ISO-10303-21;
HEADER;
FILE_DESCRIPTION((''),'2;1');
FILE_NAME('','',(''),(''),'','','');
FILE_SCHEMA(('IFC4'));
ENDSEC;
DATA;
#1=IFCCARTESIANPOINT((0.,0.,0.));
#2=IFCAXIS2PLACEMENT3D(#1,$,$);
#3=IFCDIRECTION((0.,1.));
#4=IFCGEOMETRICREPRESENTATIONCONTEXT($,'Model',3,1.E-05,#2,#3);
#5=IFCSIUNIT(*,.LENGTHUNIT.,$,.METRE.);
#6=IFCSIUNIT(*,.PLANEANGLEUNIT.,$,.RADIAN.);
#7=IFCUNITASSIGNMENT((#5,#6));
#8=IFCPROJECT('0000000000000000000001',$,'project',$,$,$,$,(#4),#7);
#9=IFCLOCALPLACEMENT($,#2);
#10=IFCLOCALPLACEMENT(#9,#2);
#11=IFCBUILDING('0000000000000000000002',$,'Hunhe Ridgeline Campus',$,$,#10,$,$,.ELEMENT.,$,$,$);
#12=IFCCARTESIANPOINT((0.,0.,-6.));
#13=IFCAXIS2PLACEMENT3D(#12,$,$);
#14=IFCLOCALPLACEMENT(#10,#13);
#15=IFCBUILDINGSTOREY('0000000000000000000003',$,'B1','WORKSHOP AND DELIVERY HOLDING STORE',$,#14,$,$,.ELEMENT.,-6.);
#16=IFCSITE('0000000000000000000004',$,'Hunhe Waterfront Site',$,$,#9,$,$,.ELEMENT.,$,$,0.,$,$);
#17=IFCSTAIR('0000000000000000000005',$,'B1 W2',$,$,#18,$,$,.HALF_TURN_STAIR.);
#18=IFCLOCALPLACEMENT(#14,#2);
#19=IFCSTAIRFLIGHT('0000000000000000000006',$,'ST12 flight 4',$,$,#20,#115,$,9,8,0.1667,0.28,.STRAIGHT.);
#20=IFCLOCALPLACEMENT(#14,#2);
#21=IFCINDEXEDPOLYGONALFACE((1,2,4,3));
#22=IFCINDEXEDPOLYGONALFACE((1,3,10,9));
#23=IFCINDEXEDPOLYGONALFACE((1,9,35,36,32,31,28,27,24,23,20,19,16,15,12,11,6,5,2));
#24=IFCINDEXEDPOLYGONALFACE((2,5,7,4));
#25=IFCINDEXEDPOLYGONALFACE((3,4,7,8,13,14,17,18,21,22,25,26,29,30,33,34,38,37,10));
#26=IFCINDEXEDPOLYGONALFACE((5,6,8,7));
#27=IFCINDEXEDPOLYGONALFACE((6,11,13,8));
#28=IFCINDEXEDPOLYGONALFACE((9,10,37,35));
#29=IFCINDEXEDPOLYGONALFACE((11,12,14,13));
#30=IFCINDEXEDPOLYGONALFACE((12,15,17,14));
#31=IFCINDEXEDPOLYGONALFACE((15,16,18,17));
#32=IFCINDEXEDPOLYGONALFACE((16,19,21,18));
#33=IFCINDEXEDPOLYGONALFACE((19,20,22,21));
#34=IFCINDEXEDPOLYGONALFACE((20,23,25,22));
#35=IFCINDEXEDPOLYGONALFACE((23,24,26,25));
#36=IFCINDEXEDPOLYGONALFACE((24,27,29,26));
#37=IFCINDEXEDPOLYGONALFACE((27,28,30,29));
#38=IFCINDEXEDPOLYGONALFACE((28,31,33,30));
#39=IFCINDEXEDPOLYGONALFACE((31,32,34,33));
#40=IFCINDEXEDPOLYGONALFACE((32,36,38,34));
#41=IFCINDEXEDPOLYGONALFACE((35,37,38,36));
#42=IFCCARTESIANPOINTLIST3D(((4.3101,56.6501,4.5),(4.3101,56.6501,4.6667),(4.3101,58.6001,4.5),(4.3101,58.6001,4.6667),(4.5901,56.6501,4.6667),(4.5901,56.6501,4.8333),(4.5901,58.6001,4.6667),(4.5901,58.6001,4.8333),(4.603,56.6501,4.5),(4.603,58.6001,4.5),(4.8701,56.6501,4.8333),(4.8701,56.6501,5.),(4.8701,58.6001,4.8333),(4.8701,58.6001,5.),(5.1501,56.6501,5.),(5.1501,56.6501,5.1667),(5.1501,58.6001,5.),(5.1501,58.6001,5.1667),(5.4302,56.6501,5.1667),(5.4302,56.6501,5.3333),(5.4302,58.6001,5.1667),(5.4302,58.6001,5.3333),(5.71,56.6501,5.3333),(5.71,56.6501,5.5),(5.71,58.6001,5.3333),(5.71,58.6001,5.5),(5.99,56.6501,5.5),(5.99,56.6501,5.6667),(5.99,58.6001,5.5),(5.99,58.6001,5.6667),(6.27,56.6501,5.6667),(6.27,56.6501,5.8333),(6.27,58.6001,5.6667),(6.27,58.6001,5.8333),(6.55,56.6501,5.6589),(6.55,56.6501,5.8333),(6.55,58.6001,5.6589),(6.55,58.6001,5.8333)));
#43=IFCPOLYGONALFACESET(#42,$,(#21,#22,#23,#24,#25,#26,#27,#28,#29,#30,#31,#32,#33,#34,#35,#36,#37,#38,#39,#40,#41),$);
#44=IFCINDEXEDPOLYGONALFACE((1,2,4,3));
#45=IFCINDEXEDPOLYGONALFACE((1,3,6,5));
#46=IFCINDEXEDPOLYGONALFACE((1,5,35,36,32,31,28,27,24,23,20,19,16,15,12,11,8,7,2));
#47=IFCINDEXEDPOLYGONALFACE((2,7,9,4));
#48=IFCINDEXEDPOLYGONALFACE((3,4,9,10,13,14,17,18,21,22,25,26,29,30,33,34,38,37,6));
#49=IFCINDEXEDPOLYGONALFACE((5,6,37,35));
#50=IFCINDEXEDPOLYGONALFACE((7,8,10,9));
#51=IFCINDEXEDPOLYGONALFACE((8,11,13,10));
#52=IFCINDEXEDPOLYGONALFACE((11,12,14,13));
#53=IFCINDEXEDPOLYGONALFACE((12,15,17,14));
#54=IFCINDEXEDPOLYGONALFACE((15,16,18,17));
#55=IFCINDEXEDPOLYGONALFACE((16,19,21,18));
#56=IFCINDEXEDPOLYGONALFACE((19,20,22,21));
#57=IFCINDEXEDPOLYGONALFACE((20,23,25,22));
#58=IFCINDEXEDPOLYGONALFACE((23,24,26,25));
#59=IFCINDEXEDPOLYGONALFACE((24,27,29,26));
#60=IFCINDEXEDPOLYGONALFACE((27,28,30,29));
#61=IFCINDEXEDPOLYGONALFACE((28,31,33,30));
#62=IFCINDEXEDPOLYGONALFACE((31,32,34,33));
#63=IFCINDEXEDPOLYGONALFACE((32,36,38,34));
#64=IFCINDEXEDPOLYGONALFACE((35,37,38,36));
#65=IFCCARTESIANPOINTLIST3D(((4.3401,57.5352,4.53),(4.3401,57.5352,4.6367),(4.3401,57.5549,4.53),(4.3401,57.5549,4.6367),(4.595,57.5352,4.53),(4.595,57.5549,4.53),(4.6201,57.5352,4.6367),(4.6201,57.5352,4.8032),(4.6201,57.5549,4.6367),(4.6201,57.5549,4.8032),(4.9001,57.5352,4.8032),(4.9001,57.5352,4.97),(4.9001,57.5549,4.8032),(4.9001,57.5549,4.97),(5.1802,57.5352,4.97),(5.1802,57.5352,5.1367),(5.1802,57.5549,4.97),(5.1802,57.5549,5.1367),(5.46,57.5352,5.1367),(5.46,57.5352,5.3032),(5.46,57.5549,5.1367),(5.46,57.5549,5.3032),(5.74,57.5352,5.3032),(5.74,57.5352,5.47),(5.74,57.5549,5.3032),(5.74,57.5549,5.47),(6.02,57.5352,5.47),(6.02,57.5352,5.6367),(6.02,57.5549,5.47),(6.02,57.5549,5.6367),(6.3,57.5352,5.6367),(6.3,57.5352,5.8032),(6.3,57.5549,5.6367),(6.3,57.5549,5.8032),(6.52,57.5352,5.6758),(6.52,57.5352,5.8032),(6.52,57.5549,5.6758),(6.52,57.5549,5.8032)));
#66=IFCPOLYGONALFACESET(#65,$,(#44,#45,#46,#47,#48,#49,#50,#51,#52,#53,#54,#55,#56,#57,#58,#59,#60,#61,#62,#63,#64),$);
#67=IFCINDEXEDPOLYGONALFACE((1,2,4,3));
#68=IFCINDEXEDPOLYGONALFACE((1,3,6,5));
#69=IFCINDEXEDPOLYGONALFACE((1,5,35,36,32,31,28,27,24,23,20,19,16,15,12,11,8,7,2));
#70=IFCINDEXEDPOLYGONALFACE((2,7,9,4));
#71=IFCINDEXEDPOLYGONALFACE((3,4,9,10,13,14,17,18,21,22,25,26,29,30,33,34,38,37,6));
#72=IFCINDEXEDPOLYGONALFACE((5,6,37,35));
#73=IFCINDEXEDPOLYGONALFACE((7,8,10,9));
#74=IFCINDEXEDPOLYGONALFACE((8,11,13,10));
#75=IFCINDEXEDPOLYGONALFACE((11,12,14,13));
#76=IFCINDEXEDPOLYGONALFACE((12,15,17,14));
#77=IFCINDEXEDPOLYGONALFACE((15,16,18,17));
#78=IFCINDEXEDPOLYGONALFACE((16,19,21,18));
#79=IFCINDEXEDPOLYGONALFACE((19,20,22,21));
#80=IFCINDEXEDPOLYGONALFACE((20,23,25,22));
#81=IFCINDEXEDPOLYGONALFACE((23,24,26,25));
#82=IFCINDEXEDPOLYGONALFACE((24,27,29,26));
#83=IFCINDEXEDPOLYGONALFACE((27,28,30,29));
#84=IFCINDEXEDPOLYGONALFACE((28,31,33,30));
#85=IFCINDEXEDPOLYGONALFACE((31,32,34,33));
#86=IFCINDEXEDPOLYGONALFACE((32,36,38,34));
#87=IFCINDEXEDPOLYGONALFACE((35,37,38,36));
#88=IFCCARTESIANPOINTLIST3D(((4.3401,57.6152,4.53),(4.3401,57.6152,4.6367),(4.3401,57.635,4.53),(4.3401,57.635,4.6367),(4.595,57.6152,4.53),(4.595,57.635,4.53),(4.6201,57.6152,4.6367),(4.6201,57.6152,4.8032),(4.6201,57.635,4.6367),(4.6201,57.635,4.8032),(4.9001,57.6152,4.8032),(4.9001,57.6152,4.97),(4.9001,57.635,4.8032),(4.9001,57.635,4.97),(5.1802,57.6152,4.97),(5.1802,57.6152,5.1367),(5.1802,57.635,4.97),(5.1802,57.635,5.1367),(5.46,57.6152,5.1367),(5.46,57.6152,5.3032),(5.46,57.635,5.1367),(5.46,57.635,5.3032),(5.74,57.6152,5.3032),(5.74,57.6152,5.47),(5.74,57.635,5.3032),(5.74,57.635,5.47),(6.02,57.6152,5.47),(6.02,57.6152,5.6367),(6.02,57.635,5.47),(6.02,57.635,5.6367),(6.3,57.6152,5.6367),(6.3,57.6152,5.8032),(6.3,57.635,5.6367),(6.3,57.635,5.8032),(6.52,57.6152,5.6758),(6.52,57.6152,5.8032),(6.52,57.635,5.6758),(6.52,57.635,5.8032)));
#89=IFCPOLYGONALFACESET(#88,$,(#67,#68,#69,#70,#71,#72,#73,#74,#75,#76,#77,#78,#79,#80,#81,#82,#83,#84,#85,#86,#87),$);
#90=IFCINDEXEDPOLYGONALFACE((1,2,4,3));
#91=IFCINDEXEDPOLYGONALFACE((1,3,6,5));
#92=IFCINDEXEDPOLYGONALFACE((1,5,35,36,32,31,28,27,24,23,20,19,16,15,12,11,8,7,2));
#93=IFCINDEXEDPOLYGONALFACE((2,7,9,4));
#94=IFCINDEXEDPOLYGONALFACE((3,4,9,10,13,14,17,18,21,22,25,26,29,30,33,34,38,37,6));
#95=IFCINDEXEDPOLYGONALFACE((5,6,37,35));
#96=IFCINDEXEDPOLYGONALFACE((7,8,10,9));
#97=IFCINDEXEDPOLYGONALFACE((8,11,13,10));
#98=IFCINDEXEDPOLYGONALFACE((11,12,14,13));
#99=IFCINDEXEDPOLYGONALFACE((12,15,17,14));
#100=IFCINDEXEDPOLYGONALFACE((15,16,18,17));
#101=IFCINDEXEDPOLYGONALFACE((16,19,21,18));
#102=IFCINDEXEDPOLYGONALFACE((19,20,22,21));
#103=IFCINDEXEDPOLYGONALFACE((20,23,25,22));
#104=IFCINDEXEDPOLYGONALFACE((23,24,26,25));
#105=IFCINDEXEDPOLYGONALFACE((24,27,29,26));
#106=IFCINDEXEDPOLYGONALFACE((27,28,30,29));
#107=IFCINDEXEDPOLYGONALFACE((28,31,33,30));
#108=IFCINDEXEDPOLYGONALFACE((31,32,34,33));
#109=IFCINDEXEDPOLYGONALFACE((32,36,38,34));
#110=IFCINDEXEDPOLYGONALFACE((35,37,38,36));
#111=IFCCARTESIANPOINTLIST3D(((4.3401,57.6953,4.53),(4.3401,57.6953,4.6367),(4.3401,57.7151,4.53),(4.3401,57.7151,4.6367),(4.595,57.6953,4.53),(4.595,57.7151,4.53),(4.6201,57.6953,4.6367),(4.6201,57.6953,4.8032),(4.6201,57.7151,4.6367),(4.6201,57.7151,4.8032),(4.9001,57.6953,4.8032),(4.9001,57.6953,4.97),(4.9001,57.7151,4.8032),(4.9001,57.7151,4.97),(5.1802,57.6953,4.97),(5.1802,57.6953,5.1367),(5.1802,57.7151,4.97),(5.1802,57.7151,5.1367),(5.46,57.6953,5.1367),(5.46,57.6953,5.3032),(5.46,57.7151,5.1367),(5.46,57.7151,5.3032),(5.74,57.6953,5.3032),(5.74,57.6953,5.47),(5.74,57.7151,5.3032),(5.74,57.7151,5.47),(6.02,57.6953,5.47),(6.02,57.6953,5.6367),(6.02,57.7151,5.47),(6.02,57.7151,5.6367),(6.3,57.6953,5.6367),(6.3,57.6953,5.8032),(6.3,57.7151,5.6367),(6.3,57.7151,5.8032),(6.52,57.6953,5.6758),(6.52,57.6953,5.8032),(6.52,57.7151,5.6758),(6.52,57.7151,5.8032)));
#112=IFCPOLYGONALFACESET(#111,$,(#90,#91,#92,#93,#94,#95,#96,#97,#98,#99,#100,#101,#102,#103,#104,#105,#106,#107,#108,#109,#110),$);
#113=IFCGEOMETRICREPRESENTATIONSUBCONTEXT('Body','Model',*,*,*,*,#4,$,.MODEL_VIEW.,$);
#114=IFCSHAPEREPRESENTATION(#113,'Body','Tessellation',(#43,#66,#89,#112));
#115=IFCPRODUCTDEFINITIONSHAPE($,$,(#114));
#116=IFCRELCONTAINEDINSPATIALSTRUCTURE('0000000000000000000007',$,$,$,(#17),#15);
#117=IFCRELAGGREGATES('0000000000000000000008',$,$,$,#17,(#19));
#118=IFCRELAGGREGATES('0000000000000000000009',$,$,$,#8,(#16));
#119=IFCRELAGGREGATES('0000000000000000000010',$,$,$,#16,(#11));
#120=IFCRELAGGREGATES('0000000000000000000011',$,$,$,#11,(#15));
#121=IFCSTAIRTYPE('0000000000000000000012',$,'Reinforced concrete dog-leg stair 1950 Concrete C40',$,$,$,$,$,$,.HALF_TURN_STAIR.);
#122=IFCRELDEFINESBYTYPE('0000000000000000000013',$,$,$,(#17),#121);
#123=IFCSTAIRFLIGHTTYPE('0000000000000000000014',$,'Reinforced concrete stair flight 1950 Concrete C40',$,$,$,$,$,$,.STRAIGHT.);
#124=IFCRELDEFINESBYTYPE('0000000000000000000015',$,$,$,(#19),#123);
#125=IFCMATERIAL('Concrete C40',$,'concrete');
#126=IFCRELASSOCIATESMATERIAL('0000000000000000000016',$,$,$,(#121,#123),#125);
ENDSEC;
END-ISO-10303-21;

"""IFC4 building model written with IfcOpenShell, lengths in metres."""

from ifc_helpers import new_model, si_unit, direction, frame, origin, place, context, subcontext, project, spatial, polyline, outline, extrude, material, type_object, element, aggregate, save


model = new_model("IFC4")

# Units and contexts
model_context = context("Model", 3, precision=1e-05, world=origin(), true_north=direction((0.0, 1.0)))
body_context = subcontext(model_context, "Body", "Model", "MODEL_VIEW")
ifc_project = project(units=[si_unit("LENGTHUNIT", "METRE"), si_unit("PLANEANGLEUNIT", "RADIAN")], contexts=[model_context])

# Site, building, storey
site_placement = place(None, origin())
site = spatial("IfcSite", under=ifc_project, at=site_placement, Name="Hunhe Waterfront Site", CompositionType="ELEMENT", RefElevation=0.0)
building_placement = place(site_placement, origin())
building = spatial("IfcBuilding", under=site, at=building_placement, Name="Hunhe Ridgeline Campus", CompositionType="ELEMENT")
storey_placement = place(building_placement, frame((0.0, 0.0, -6.0)))
storey = spatial("IfcBuildingStorey", under=building, at=storey_placement, Name="B1", Description="WORKSHOP AND DELIVERY HOLDING STORE", CompositionType="ELEMENT", Elevation=-6.0)

# Stair, stair flight
ifc_material_1 = material(Name="Concrete C40", Category="concrete")
stair_type = type_object("IfcStairType", Name="Reinforced concrete dog-leg stair 1950 Concrete C40", PredefinedType="HALF_TURN_STAIR", material=ifc_material_1)
stair_placement = place(storey_placement, origin())
stair = element("IfcStair", 1, at=stair_placement, inside=storey, type_object=stair_type, Name="B1 W2", PredefinedType="HALF_TURN_STAIR")
stair_flight_type = type_object("IfcStairFlightType", Name="Reinforced concrete stair flight 1950 Concrete C40", PredefinedType="STRAIGHT", material=ifc_material_1)
stair_flight_1_placement = place(storey_placement, frame((4.3101, 57.625, 4.5), z_axis=(0.0, 0.0, 1.0), x_axis=(1.0, 0.0, 0.0)))
stair_flight_1 = element("IfcStairFlight", 2, at=stair_flight_1_placement, type_object=stair_flight_type, Name="ST12 flight 4", NumberOfRisers=9, NumberOfTreads=8, PredefinedType="STRAIGHT", RiserHeight=0.1667, TreadLength=0.28, context=body_context, shape_type="SweptSolid", body=[
    extrude(outline(polyline([(0.0, 0.0), (0.0, 0.1667), (0.28, 0.1667), (0.28, 0.3333), (0.5601, 0.3333), (0.5601, 0.5), (0.8401, 0.5), (0.8401, 0.6667), (1.1201, 0.6667), (1.1201, 0.8333), (1.3999, 0.8333), (1.3999, 1.0), (1.6799, 1.0), (1.6799, 1.1667), (1.96, 1.1667), (1.96, 1.3333), (2.24, 1.3333), (2.24, 1.5), (2.24, 1.1589), (0.293, 0.0), (0.0, 0.0)])), frame((0.0, 0.9751, 0.0), z_axis=(0.0, -1.0, 0.0), x_axis=(1.0, 0.0, 0.0)), (0.0, 0.0, 1.0), 1.95),
    extrude(outline(polyline([(0.03, 0.03), (0.03, 0.1367), (0.3101, 0.1367), (0.3101, 0.3032), (0.5901, 0.3032), (0.5901, 0.47), (0.8701, 0.47), (0.8701, 0.6367), (1.1499, 0.6367), (1.1499, 0.8032), (1.4299, 0.8032), (1.4299, 0.97), (1.71, 0.97), (1.71, 1.1367), (1.99, 1.1367), (1.99, 1.3032), (2.21, 1.3032), (2.21, 1.1758), (0.2849, 0.03), (0.03, 0.03)])), frame((0.0, -0.0701, 0.0), z_axis=(0.0, -1.0, 0.0), x_axis=(1.0, 0.0, 0.0)), (0.0, 0.0, 1.0), 0.0198),
    extrude(outline(polyline([(0.03, 0.03), (0.03, 0.1367), (0.3101, 0.1367), (0.3101, 0.3032), (0.5901, 0.3032), (0.5901, 0.47), (0.8701, 0.47), (0.8701, 0.6367), (1.1499, 0.6367), (1.1499, 0.8032), (1.4299, 0.8032), (1.4299, 0.97), (1.71, 0.97), (1.71, 1.1367), (1.99, 1.1367), (1.99, 1.3032), (2.21, 1.3032), (2.21, 1.1758), (0.2849, 0.03), (0.03, 0.03)])), frame((0.0, 0.01, 0.0), z_axis=(0.0, -1.0, 0.0), x_axis=(1.0, 0.0, 0.0)), (0.0, 0.0, 1.0), 0.0198),
    extrude(outline(polyline([(0.03, 0.03), (0.03, 0.1367), (0.3101, 0.1367), (0.3101, 0.3032), (0.5901, 0.3032), (0.5901, 0.47), (0.8701, 0.47), (0.8701, 0.6367), (1.1499, 0.6367), (1.1499, 0.8032), (1.4299, 0.8032), (1.4299, 0.97), (1.71, 0.97), (1.71, 1.1367), (1.99, 1.1367), (1.99, 1.3032), (2.21, 1.3032), (2.21, 1.1758), (0.2849, 0.03), (0.03, 0.03)])), frame((0.0, 0.0901, 0.0), z_axis=(0.0, -1.0, 0.0), x_axis=(1.0, 0.0, 0.0)), (0.0, 0.0, 1.0), 0.0198),
])
aggregate(stair, [stair_flight_1])

save(model, "model.ifc")
